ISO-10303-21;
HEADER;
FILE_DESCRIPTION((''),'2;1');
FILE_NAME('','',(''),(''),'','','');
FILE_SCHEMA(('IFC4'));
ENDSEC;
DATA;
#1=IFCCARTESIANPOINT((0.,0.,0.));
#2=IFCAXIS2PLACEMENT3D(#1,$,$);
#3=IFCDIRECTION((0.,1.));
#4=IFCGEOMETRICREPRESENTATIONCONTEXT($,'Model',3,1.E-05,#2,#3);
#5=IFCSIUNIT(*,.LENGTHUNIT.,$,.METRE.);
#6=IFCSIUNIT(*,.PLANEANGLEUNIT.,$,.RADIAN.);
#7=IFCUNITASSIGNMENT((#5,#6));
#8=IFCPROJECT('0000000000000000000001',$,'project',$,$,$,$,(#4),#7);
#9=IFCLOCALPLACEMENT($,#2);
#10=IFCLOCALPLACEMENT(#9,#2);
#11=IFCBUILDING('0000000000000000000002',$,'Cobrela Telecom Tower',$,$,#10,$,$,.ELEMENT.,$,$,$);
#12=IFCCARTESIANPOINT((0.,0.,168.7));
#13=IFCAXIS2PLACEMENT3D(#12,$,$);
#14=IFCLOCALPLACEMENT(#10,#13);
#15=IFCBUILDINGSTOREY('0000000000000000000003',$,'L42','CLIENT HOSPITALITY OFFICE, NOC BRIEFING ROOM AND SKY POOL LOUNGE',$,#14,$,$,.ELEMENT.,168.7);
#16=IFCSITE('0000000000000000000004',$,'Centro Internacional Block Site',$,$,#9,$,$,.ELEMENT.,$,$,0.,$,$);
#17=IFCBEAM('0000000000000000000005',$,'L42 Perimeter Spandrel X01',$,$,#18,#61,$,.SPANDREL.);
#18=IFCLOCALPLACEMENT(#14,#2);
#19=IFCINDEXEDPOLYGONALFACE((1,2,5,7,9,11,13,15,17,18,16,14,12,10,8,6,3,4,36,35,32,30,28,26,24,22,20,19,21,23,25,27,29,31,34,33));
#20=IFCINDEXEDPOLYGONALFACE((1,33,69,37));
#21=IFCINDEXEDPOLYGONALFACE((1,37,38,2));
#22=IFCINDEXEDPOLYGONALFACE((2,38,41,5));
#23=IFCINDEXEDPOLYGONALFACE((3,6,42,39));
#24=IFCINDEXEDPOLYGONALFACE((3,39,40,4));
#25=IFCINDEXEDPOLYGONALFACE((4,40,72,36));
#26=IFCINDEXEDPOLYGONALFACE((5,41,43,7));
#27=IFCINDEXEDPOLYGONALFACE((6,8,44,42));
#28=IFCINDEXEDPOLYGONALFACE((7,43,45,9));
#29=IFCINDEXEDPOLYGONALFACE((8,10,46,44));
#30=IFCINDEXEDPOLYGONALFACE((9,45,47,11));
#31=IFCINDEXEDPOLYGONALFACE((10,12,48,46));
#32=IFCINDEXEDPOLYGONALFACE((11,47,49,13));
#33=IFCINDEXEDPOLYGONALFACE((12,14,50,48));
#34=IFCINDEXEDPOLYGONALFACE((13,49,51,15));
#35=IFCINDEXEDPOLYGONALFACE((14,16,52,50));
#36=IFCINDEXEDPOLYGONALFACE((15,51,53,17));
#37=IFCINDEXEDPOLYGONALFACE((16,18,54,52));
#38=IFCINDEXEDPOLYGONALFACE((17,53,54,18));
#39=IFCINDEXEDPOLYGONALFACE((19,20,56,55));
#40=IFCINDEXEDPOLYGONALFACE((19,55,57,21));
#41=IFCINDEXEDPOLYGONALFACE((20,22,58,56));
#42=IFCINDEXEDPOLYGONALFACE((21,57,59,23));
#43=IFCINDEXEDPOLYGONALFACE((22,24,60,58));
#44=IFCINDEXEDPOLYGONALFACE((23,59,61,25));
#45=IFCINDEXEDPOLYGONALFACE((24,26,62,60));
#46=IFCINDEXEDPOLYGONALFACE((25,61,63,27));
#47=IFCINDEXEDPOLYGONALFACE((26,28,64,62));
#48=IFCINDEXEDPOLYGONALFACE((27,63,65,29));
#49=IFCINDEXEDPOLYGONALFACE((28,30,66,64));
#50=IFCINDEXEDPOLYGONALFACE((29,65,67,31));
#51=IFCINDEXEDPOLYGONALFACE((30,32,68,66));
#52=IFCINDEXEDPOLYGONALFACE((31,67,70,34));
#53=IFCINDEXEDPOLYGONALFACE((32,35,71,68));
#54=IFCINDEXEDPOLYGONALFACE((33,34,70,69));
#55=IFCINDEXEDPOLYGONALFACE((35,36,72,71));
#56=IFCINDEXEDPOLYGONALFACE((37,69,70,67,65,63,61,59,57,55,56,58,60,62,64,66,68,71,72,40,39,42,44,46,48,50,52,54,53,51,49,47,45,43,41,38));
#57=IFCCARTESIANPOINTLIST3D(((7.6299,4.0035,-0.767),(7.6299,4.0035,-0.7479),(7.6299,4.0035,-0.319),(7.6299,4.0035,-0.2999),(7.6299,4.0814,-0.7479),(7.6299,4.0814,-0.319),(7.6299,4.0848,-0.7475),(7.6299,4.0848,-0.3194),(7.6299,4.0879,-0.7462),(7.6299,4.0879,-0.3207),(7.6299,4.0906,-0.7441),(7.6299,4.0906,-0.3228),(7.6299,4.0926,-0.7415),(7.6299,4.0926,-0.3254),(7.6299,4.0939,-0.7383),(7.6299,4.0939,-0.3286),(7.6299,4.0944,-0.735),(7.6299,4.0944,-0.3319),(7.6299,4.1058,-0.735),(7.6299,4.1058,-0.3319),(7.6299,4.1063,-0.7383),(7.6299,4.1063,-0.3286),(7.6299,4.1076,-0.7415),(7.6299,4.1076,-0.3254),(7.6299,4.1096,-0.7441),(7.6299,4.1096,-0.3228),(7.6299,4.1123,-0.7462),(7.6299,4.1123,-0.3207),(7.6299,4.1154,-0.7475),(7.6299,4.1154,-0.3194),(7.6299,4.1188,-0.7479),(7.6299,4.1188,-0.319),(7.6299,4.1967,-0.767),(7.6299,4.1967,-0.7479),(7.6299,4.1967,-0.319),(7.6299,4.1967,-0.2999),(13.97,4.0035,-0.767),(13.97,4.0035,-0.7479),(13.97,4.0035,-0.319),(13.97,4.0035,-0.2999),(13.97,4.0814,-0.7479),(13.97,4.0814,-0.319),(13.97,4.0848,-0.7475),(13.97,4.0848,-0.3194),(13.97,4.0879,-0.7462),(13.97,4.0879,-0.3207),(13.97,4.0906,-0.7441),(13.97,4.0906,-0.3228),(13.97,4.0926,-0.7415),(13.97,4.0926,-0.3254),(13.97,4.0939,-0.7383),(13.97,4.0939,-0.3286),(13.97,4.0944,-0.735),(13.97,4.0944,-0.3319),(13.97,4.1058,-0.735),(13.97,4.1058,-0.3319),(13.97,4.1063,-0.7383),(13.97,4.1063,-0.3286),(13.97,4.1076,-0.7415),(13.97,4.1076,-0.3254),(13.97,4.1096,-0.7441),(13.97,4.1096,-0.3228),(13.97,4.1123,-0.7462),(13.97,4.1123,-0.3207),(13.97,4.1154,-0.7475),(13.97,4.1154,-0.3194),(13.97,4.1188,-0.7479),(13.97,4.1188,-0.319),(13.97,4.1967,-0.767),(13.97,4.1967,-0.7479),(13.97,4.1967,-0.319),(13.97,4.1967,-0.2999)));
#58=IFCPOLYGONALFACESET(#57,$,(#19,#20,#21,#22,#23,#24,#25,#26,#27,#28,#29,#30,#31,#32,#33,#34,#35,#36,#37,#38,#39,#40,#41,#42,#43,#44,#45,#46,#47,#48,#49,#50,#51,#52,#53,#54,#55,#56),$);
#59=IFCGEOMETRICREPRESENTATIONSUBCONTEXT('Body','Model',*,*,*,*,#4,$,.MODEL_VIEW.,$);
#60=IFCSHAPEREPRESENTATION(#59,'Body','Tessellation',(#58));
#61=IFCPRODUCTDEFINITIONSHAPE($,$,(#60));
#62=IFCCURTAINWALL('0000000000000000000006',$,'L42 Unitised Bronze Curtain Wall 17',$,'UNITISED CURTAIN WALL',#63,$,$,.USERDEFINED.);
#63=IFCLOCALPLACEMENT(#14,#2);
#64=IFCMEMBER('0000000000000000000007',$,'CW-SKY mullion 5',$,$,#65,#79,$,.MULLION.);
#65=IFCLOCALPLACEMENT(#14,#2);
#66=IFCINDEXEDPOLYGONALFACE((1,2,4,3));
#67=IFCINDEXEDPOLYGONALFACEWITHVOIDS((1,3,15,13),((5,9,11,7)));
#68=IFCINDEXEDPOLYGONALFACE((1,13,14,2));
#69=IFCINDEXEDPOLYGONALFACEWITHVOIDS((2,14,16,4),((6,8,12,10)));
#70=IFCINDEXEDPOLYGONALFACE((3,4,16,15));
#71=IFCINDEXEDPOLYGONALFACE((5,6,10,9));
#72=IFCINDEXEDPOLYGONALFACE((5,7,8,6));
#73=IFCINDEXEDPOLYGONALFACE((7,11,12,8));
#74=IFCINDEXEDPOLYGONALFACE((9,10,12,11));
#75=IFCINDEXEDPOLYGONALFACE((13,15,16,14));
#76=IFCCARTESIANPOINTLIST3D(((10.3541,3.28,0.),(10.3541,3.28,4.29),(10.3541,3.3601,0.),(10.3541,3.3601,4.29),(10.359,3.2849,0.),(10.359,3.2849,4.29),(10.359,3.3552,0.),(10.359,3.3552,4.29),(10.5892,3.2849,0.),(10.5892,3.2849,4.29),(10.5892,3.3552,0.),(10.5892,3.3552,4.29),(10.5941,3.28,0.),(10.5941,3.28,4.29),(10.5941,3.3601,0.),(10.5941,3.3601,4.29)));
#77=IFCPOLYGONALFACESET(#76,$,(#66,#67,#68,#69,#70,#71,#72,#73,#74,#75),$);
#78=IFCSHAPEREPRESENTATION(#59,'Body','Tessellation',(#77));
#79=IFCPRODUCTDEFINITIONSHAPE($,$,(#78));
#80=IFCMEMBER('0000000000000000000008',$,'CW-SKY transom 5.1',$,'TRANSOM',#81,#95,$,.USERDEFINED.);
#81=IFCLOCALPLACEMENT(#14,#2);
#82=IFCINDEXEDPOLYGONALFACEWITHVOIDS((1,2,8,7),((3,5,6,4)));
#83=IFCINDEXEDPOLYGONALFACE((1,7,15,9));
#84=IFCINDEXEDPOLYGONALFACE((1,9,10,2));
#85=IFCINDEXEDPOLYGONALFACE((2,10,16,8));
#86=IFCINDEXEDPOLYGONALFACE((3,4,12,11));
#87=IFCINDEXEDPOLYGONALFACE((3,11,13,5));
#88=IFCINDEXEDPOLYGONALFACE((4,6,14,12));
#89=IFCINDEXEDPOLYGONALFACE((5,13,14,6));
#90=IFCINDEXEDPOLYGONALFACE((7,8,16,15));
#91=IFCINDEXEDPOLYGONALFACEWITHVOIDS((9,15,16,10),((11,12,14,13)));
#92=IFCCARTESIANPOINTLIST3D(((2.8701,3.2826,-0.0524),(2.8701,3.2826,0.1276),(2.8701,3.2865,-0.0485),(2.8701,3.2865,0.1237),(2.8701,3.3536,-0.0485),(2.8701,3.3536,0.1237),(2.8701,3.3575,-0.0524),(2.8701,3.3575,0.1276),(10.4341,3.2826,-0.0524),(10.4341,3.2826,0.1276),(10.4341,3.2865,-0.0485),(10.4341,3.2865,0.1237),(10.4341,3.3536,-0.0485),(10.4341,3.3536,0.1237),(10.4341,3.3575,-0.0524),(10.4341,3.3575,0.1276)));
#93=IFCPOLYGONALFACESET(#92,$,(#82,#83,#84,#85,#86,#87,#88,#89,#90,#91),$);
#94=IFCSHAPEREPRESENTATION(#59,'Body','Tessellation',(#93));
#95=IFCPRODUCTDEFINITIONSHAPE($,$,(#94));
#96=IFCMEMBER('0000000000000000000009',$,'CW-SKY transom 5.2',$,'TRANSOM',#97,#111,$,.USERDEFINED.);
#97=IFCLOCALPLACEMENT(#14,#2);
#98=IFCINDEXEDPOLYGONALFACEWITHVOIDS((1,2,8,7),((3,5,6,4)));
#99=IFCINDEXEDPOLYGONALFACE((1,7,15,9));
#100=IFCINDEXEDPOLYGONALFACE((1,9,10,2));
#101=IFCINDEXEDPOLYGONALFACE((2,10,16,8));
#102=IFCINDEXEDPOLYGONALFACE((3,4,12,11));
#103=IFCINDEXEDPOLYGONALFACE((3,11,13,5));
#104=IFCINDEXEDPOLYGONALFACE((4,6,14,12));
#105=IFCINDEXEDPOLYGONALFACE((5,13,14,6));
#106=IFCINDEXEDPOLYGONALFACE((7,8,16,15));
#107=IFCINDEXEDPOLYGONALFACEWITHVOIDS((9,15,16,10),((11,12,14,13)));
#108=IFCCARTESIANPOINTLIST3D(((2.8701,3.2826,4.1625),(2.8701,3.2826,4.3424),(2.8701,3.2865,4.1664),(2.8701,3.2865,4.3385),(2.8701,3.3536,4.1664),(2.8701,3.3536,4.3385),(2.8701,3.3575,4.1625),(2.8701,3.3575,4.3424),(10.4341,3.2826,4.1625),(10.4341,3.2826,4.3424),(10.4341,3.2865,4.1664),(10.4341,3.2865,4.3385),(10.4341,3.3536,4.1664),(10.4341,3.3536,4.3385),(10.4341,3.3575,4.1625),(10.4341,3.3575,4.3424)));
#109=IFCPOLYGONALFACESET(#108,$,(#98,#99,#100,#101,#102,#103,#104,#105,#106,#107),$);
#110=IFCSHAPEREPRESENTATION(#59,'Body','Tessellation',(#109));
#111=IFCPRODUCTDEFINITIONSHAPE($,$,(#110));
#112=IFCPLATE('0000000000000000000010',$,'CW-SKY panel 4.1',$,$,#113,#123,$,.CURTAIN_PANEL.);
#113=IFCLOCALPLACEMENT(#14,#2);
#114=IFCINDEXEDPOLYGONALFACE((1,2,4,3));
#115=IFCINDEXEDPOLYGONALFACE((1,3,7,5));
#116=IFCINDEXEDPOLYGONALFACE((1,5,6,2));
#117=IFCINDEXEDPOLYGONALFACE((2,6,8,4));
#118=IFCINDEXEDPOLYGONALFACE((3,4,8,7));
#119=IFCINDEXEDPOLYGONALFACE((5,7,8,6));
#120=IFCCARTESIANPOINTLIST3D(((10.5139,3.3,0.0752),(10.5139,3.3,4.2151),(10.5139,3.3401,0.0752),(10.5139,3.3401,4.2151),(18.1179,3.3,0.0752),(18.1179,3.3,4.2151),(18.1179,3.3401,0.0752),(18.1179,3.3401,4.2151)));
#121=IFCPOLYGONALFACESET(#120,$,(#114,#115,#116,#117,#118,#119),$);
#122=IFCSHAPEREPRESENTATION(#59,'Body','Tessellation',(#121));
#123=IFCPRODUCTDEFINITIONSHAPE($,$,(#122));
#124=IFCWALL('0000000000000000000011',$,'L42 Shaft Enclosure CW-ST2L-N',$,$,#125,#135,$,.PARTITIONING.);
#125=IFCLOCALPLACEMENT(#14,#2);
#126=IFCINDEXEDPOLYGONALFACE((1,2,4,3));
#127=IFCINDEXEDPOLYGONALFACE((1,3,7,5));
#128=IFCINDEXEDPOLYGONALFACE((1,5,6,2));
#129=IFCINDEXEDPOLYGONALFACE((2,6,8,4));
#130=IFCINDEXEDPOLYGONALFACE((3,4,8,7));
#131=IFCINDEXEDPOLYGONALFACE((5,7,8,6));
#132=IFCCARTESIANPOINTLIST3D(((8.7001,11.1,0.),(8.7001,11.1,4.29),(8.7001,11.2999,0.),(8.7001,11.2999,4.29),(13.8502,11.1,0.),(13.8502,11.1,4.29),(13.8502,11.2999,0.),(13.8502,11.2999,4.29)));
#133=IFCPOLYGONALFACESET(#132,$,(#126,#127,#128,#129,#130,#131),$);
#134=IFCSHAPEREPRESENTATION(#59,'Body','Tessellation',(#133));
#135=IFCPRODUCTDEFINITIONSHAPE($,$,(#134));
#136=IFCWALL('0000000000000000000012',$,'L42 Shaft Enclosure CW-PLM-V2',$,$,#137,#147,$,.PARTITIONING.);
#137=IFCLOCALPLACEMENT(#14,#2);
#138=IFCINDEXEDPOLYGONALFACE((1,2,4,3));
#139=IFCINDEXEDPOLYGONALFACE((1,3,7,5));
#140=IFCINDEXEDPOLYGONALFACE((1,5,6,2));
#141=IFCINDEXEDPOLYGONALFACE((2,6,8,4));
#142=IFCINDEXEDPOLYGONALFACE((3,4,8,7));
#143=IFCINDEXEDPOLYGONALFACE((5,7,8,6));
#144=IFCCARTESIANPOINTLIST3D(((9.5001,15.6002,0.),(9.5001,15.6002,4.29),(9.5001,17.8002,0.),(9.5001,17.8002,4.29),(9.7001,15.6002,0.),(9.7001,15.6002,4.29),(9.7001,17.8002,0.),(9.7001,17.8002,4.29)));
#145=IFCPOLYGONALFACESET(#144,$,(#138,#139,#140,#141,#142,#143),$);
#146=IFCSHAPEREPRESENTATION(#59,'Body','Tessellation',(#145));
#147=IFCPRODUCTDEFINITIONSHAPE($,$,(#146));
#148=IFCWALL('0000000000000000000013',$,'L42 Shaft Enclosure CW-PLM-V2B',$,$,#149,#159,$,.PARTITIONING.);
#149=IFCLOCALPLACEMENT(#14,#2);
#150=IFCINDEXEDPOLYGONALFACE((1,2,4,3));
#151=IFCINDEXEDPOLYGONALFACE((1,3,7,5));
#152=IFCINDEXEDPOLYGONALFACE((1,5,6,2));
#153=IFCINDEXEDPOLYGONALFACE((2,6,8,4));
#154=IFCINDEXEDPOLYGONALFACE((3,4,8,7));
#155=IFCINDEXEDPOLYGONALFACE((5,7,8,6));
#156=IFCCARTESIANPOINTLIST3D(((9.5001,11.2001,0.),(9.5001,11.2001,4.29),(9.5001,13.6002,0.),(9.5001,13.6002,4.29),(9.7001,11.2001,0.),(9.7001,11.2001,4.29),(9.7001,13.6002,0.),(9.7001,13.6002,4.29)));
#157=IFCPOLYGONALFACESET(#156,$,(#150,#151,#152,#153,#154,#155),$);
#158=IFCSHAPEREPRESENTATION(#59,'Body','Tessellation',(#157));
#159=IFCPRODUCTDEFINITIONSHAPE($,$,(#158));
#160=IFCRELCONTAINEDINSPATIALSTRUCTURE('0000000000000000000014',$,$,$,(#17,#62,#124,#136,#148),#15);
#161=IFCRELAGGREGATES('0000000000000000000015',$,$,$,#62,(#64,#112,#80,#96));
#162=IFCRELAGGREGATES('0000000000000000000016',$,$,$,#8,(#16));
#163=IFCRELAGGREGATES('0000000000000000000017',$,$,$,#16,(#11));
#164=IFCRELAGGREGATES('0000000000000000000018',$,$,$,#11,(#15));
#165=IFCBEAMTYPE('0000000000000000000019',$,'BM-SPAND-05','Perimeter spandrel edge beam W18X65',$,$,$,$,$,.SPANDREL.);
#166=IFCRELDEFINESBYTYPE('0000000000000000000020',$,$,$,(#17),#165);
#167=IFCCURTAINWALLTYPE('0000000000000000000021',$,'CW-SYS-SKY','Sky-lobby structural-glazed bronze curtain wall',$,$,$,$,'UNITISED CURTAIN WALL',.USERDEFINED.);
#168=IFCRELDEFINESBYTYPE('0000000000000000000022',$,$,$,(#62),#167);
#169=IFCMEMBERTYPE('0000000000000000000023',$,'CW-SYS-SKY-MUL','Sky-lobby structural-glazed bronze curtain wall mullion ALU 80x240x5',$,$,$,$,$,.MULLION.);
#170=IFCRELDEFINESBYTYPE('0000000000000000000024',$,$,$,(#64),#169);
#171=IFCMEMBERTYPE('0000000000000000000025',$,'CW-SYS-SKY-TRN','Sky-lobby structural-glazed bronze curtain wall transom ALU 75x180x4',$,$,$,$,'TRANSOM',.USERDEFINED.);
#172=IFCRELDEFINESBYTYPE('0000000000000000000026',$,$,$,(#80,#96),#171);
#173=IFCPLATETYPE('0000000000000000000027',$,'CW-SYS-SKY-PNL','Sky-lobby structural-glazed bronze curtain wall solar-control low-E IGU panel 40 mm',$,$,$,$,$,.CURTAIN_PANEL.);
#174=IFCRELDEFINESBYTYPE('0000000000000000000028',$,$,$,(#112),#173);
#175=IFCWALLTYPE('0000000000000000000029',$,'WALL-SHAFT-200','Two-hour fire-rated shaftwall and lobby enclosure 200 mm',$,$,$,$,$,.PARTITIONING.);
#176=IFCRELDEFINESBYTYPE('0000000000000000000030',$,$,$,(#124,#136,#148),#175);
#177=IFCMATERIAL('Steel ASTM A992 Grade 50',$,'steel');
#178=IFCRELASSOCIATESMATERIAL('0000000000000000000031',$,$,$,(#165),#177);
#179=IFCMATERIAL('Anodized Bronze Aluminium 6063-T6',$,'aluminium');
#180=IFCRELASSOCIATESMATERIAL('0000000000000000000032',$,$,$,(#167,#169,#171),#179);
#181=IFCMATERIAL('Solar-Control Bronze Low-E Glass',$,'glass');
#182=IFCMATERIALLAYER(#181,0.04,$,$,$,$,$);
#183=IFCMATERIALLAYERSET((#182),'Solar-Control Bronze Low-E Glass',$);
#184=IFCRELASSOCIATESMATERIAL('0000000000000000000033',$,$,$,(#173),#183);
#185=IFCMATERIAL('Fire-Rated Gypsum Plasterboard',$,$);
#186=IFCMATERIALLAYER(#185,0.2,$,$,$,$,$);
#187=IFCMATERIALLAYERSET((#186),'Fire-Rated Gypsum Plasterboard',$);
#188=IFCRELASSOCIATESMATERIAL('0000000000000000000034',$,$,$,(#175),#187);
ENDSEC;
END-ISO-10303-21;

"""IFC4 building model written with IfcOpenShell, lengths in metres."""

from ifc_helpers import new_model, si_unit, direction, frame, frame_2d, origin, origin_2d, place, context, subcontext, project, spatial, rectangle, hollow_rectangle, i_section, extrude, material, layer, layer_set, material_profile, profile_set, type_object, element, aggregate, save


model = new_model("IFC4")

# Units and contexts
model_context = context("Model", 3, precision=1e-05, world=origin(), true_north=direction((0.0, 1.0)))
body_context = subcontext(model_context, "Body", "Model", "MODEL_VIEW")
ifc_project = project(units=[si_unit("LENGTHUNIT", "METRE"), si_unit("PLANEANGLEUNIT", "RADIAN")], contexts=[model_context])

# Site, building, storey
site_placement = place(None, origin())
site = spatial("IfcSite", under=ifc_project, at=site_placement, Name="Centro Internacional Block Site", CompositionType="ELEMENT", RefElevation=0.0)
building_placement = place(site_placement, origin())
building = spatial("IfcBuilding", under=site, at=building_placement, Name="Cobrela Telecom Tower", CompositionType="ELEMENT")
storey_placement = place(building_placement, frame((0.0, 0.0, 168.7)))
storey = spatial("IfcBuildingStorey", under=building, at=storey_placement, Name="L42", Description="CLIENT HOSPITALITY OFFICE, NOC BRIEFING ROOM AND SKY POOL LOUNGE", CompositionType="ELEMENT", Elevation=168.7)

# Beam
ifc_material_1 = material(Name="Steel ASTM A992 Grade 50", Category="steel")
ifc_material_profile_1 = material_profile(ifc_material_1, i_section(OverallWidth=0.1931, OverallDepth=0.467, WebThickness=0.0115, FlangeThickness=0.019, FilletRadius=0.0129, at=origin_2d()), Name="W18X65")
ifc_profile_set_1 = profile_set([ifc_material_profile_1], Name="Steel ASTM A992 Grade 50")
beam_type_1 = type_object("IfcBeamType", Name="BM-SPAND-05", Description="Perimeter spandrel edge beam W18X65", PredefinedType="SPANDREL", material=ifc_profile_set_1)
beam_1_placement = place(storey_placement, frame((7.6299, 4.1001, -0.5334), z_axis=(1.0, 0.0, 0.0), x_axis=(0.0, 1.0, 0.0)))
element("IfcBeam", 1, at=beam_1_placement, inside=storey, type_object=beam_type_1, Name="L42 Perimeter Spandrel X01", PredefinedType="SPANDREL", context=body_context, shape_type="SweptSolid", body=[
    extrude(i_section(OverallWidth=0.1931, OverallDepth=0.467, WebThickness=0.0115, FlangeThickness=0.019, FilletRadius=0.0129, at=origin_2d()), origin(), (0.0, 0.0, 1.0), 6.3401),
])

# Curtain wall, members, plate
ifc_material_2 = material(Name="Anodized Bronze Aluminium 6063-T6", Category="aluminium")
curtain_wall_type = type_object("IfcCurtainWallType", Name="CW-SYS-SKY", Description="Sky-lobby structural-glazed bronze curtain wall", ElementType="UNITISED CURTAIN WALL", PredefinedType="USERDEFINED", material=ifc_material_2)
curtain_wall_placement = place(storey_placement, origin())
curtain_wall = element("IfcCurtainWall", 2, at=curtain_wall_placement, inside=storey, type_object=curtain_wall_type, Name="L42 Unitised Bronze Curtain Wall 17", ObjectType="UNITISED CURTAIN WALL", PredefinedType="USERDEFINED")
ifc_material_profile_2 = material_profile(ifc_material_2, hollow_rectangle(XDim=0.0801, YDim=0.24, WallThickness=0.0049, at=origin_2d()), Name="ALU 80x240x5")
ifc_profile_set_2 = profile_set([ifc_material_profile_2], Name="Anodized Bronze Aluminium 6063-T6")
member_type_1 = type_object("IfcMemberType", Name="CW-SYS-SKY-MUL", Description="Sky-lobby structural-glazed bronze curtain wall mullion ALU 80x240x5", PredefinedType="MULLION", material=ifc_profile_set_2)
member_1_placement = place(storey_placement, frame((10.4741, 3.3201, 0.0), z_axis=(0.0, 0.0, 1.0), x_axis=(0.0, -1.0, 0.0)))
member_1 = element("IfcMember", 3, at=member_1_placement, type_object=member_type_1, Name="CW-SKY mullion 5", PredefinedType="MULLION", context=body_context, shape_type="SweptSolid", body=[
    extrude(hollow_rectangle(XDim=0.0801, YDim=0.24, WallThickness=0.0049, at=origin_2d()), origin(), (0.0, 0.0, 1.0), 4.29),
])
ifc_material_profile_3 = material_profile(ifc_material_2, hollow_rectangle(XDim=0.075, YDim=0.1799, WallThickness=0.0039, at=origin_2d()), Name="ALU 75x180x4")
ifc_profile_set_3 = profile_set([ifc_material_profile_3], Name="Anodized Bronze Aluminium 6063-T6")
member_type_2 = type_object("IfcMemberType", Name="CW-SYS-SKY-TRN", Description="Sky-lobby structural-glazed bronze curtain wall transom ALU 75x180x4", ElementType="TRANSOM", PredefinedType="USERDEFINED", material=ifc_profile_set_3)
member_2_placement = place(storey_placement, frame((10.4341, 3.3201, 0.0376), z_axis=(-1.0, 0.0, 0.0), x_axis=(0.0, -1.0, 0.0)))
member_2 = element("IfcMember", 4, at=member_2_placement, type_object=member_type_2, Name="CW-SKY transom 5.1", ObjectType="TRANSOM", PredefinedType="USERDEFINED", context=body_context, shape_type="SweptSolid", body=[
    extrude(hollow_rectangle(XDim=0.075, YDim=0.1799, WallThickness=0.0039, at=origin_2d()), origin(), (0.0, 0.0, 1.0), 7.564),
])
member_3_placement = place(storey_placement, frame((10.4341, 3.3201, 4.2524), z_axis=(-1.0, 0.0, 0.0), x_axis=(0.0, -1.0, 0.0)))
member_3 = element("IfcMember", 5, at=member_3_placement, type_object=member_type_2, Name="CW-SKY transom 5.2", ObjectType="TRANSOM", PredefinedType="USERDEFINED", context=body_context, shape_type="SweptSolid", body=[
    extrude(hollow_rectangle(XDim=0.075, YDim=0.1799, WallThickness=0.0039, at=origin_2d()), origin(), (0.0, 0.0, 1.0), 7.564),
])
ifc_material_3 = material(Name="Solar-Control Bronze Low-E Glass", Category="glass")
ifc_layer_1 = layer(ifc_material_3, 0.04)
ifc_layer_set_1 = layer_set([ifc_layer_1], Name="Solar-Control Bronze Low-E Glass")
plate_type = type_object("IfcPlateType", Name="CW-SYS-SKY-PNL", Description="Sky-lobby structural-glazed bronze curtain wall solar-control low-E IGU panel 40 mm", PredefinedType="CURTAIN_PANEL", material=ifc_layer_set_1)
plate_placement = place(storey_placement, frame((14.3159, 3.3201, 0.0752), z_axis=(0.0, 0.0, 1.0), x_axis=(-1.0, 0.0, 0.0)))
plate = element("IfcPlate", 6, at=plate_placement, type_object=plate_type, Name="CW-SKY panel 4.1", PredefinedType="CURTAIN_PANEL", context=body_context, shape_type="SweptSolid", body=[
    extrude(rectangle(XDim=7.604, YDim=0.04, at=origin_2d()), origin(), (0.0, 0.0, 1.0), 4.1399),
])
aggregate(curtain_wall, [member_1, plate, member_2, member_3])

# Walls
ifc_material_4 = material(Name="Fire-Rated Gypsum Plasterboard")
ifc_layer_2 = layer(ifc_material_4, 0.2)
ifc_layer_set_2 = layer_set([ifc_layer_2], Name="Fire-Rated Gypsum Plasterboard")
wall_type_1 = type_object("IfcWallType", Name="WALL-SHAFT-200", Description="Two-hour fire-rated shaftwall and lobby enclosure 200 mm", PredefinedType="PARTITIONING", material=ifc_layer_set_2)
wall_1_placement = place(storey_placement, frame((8.7, 11.2, 0.0), z_axis=(0.0, 0.0, 1.0), x_axis=(1.0, 0.0, 0.0)))
element("IfcWall", 7, at=wall_1_placement, inside=storey, type_object=wall_type_1, Name="L42 Shaft Enclosure CW-ST2L-N", PredefinedType="PARTITIONING", context=body_context, shape_type="SweptSolid", body=[
    extrude(rectangle(XDim=5.1501, YDim=0.2, at=frame_2d((2.5752, 0.0))), origin(), (0.0, 0.0, 1.0), 4.29),
])
wall_2_placement = place(storey_placement, frame((9.6001, 15.6001, 0.0), z_axis=(0.0, 0.0, 1.0), x_axis=(0.0, 1.0, 0.0)))
element("IfcWall", 8, at=wall_2_placement, inside=storey, type_object=wall_type_1, Name="L42 Shaft Enclosure CW-PLM-V2", PredefinedType="PARTITIONING", context=body_context, shape_type="SweptSolid", body=[
    extrude(rectangle(XDim=2.2, YDim=0.2, at=frame_2d((1.1001, 0.0))), origin(), (0.0, 0.0, 1.0), 4.29),
])
wall_3_placement = place(storey_placement, frame((9.6001, 11.2, 0.0), z_axis=(0.0, 0.0, 1.0), x_axis=(0.0, 1.0, 0.0)))
element("IfcWall", 9, at=wall_3_placement, inside=storey, type_object=wall_type_1, Name="L42 Shaft Enclosure CW-PLM-V2B", PredefinedType="PARTITIONING", context=body_context, shape_type="SweptSolid", body=[
    extrude(rectangle(XDim=2.4001, YDim=0.2, at=frame_2d((1.2002, 0.0))), origin(), (0.0, 0.0, 1.0), 4.29),
])

save(model, "model.ifc")
